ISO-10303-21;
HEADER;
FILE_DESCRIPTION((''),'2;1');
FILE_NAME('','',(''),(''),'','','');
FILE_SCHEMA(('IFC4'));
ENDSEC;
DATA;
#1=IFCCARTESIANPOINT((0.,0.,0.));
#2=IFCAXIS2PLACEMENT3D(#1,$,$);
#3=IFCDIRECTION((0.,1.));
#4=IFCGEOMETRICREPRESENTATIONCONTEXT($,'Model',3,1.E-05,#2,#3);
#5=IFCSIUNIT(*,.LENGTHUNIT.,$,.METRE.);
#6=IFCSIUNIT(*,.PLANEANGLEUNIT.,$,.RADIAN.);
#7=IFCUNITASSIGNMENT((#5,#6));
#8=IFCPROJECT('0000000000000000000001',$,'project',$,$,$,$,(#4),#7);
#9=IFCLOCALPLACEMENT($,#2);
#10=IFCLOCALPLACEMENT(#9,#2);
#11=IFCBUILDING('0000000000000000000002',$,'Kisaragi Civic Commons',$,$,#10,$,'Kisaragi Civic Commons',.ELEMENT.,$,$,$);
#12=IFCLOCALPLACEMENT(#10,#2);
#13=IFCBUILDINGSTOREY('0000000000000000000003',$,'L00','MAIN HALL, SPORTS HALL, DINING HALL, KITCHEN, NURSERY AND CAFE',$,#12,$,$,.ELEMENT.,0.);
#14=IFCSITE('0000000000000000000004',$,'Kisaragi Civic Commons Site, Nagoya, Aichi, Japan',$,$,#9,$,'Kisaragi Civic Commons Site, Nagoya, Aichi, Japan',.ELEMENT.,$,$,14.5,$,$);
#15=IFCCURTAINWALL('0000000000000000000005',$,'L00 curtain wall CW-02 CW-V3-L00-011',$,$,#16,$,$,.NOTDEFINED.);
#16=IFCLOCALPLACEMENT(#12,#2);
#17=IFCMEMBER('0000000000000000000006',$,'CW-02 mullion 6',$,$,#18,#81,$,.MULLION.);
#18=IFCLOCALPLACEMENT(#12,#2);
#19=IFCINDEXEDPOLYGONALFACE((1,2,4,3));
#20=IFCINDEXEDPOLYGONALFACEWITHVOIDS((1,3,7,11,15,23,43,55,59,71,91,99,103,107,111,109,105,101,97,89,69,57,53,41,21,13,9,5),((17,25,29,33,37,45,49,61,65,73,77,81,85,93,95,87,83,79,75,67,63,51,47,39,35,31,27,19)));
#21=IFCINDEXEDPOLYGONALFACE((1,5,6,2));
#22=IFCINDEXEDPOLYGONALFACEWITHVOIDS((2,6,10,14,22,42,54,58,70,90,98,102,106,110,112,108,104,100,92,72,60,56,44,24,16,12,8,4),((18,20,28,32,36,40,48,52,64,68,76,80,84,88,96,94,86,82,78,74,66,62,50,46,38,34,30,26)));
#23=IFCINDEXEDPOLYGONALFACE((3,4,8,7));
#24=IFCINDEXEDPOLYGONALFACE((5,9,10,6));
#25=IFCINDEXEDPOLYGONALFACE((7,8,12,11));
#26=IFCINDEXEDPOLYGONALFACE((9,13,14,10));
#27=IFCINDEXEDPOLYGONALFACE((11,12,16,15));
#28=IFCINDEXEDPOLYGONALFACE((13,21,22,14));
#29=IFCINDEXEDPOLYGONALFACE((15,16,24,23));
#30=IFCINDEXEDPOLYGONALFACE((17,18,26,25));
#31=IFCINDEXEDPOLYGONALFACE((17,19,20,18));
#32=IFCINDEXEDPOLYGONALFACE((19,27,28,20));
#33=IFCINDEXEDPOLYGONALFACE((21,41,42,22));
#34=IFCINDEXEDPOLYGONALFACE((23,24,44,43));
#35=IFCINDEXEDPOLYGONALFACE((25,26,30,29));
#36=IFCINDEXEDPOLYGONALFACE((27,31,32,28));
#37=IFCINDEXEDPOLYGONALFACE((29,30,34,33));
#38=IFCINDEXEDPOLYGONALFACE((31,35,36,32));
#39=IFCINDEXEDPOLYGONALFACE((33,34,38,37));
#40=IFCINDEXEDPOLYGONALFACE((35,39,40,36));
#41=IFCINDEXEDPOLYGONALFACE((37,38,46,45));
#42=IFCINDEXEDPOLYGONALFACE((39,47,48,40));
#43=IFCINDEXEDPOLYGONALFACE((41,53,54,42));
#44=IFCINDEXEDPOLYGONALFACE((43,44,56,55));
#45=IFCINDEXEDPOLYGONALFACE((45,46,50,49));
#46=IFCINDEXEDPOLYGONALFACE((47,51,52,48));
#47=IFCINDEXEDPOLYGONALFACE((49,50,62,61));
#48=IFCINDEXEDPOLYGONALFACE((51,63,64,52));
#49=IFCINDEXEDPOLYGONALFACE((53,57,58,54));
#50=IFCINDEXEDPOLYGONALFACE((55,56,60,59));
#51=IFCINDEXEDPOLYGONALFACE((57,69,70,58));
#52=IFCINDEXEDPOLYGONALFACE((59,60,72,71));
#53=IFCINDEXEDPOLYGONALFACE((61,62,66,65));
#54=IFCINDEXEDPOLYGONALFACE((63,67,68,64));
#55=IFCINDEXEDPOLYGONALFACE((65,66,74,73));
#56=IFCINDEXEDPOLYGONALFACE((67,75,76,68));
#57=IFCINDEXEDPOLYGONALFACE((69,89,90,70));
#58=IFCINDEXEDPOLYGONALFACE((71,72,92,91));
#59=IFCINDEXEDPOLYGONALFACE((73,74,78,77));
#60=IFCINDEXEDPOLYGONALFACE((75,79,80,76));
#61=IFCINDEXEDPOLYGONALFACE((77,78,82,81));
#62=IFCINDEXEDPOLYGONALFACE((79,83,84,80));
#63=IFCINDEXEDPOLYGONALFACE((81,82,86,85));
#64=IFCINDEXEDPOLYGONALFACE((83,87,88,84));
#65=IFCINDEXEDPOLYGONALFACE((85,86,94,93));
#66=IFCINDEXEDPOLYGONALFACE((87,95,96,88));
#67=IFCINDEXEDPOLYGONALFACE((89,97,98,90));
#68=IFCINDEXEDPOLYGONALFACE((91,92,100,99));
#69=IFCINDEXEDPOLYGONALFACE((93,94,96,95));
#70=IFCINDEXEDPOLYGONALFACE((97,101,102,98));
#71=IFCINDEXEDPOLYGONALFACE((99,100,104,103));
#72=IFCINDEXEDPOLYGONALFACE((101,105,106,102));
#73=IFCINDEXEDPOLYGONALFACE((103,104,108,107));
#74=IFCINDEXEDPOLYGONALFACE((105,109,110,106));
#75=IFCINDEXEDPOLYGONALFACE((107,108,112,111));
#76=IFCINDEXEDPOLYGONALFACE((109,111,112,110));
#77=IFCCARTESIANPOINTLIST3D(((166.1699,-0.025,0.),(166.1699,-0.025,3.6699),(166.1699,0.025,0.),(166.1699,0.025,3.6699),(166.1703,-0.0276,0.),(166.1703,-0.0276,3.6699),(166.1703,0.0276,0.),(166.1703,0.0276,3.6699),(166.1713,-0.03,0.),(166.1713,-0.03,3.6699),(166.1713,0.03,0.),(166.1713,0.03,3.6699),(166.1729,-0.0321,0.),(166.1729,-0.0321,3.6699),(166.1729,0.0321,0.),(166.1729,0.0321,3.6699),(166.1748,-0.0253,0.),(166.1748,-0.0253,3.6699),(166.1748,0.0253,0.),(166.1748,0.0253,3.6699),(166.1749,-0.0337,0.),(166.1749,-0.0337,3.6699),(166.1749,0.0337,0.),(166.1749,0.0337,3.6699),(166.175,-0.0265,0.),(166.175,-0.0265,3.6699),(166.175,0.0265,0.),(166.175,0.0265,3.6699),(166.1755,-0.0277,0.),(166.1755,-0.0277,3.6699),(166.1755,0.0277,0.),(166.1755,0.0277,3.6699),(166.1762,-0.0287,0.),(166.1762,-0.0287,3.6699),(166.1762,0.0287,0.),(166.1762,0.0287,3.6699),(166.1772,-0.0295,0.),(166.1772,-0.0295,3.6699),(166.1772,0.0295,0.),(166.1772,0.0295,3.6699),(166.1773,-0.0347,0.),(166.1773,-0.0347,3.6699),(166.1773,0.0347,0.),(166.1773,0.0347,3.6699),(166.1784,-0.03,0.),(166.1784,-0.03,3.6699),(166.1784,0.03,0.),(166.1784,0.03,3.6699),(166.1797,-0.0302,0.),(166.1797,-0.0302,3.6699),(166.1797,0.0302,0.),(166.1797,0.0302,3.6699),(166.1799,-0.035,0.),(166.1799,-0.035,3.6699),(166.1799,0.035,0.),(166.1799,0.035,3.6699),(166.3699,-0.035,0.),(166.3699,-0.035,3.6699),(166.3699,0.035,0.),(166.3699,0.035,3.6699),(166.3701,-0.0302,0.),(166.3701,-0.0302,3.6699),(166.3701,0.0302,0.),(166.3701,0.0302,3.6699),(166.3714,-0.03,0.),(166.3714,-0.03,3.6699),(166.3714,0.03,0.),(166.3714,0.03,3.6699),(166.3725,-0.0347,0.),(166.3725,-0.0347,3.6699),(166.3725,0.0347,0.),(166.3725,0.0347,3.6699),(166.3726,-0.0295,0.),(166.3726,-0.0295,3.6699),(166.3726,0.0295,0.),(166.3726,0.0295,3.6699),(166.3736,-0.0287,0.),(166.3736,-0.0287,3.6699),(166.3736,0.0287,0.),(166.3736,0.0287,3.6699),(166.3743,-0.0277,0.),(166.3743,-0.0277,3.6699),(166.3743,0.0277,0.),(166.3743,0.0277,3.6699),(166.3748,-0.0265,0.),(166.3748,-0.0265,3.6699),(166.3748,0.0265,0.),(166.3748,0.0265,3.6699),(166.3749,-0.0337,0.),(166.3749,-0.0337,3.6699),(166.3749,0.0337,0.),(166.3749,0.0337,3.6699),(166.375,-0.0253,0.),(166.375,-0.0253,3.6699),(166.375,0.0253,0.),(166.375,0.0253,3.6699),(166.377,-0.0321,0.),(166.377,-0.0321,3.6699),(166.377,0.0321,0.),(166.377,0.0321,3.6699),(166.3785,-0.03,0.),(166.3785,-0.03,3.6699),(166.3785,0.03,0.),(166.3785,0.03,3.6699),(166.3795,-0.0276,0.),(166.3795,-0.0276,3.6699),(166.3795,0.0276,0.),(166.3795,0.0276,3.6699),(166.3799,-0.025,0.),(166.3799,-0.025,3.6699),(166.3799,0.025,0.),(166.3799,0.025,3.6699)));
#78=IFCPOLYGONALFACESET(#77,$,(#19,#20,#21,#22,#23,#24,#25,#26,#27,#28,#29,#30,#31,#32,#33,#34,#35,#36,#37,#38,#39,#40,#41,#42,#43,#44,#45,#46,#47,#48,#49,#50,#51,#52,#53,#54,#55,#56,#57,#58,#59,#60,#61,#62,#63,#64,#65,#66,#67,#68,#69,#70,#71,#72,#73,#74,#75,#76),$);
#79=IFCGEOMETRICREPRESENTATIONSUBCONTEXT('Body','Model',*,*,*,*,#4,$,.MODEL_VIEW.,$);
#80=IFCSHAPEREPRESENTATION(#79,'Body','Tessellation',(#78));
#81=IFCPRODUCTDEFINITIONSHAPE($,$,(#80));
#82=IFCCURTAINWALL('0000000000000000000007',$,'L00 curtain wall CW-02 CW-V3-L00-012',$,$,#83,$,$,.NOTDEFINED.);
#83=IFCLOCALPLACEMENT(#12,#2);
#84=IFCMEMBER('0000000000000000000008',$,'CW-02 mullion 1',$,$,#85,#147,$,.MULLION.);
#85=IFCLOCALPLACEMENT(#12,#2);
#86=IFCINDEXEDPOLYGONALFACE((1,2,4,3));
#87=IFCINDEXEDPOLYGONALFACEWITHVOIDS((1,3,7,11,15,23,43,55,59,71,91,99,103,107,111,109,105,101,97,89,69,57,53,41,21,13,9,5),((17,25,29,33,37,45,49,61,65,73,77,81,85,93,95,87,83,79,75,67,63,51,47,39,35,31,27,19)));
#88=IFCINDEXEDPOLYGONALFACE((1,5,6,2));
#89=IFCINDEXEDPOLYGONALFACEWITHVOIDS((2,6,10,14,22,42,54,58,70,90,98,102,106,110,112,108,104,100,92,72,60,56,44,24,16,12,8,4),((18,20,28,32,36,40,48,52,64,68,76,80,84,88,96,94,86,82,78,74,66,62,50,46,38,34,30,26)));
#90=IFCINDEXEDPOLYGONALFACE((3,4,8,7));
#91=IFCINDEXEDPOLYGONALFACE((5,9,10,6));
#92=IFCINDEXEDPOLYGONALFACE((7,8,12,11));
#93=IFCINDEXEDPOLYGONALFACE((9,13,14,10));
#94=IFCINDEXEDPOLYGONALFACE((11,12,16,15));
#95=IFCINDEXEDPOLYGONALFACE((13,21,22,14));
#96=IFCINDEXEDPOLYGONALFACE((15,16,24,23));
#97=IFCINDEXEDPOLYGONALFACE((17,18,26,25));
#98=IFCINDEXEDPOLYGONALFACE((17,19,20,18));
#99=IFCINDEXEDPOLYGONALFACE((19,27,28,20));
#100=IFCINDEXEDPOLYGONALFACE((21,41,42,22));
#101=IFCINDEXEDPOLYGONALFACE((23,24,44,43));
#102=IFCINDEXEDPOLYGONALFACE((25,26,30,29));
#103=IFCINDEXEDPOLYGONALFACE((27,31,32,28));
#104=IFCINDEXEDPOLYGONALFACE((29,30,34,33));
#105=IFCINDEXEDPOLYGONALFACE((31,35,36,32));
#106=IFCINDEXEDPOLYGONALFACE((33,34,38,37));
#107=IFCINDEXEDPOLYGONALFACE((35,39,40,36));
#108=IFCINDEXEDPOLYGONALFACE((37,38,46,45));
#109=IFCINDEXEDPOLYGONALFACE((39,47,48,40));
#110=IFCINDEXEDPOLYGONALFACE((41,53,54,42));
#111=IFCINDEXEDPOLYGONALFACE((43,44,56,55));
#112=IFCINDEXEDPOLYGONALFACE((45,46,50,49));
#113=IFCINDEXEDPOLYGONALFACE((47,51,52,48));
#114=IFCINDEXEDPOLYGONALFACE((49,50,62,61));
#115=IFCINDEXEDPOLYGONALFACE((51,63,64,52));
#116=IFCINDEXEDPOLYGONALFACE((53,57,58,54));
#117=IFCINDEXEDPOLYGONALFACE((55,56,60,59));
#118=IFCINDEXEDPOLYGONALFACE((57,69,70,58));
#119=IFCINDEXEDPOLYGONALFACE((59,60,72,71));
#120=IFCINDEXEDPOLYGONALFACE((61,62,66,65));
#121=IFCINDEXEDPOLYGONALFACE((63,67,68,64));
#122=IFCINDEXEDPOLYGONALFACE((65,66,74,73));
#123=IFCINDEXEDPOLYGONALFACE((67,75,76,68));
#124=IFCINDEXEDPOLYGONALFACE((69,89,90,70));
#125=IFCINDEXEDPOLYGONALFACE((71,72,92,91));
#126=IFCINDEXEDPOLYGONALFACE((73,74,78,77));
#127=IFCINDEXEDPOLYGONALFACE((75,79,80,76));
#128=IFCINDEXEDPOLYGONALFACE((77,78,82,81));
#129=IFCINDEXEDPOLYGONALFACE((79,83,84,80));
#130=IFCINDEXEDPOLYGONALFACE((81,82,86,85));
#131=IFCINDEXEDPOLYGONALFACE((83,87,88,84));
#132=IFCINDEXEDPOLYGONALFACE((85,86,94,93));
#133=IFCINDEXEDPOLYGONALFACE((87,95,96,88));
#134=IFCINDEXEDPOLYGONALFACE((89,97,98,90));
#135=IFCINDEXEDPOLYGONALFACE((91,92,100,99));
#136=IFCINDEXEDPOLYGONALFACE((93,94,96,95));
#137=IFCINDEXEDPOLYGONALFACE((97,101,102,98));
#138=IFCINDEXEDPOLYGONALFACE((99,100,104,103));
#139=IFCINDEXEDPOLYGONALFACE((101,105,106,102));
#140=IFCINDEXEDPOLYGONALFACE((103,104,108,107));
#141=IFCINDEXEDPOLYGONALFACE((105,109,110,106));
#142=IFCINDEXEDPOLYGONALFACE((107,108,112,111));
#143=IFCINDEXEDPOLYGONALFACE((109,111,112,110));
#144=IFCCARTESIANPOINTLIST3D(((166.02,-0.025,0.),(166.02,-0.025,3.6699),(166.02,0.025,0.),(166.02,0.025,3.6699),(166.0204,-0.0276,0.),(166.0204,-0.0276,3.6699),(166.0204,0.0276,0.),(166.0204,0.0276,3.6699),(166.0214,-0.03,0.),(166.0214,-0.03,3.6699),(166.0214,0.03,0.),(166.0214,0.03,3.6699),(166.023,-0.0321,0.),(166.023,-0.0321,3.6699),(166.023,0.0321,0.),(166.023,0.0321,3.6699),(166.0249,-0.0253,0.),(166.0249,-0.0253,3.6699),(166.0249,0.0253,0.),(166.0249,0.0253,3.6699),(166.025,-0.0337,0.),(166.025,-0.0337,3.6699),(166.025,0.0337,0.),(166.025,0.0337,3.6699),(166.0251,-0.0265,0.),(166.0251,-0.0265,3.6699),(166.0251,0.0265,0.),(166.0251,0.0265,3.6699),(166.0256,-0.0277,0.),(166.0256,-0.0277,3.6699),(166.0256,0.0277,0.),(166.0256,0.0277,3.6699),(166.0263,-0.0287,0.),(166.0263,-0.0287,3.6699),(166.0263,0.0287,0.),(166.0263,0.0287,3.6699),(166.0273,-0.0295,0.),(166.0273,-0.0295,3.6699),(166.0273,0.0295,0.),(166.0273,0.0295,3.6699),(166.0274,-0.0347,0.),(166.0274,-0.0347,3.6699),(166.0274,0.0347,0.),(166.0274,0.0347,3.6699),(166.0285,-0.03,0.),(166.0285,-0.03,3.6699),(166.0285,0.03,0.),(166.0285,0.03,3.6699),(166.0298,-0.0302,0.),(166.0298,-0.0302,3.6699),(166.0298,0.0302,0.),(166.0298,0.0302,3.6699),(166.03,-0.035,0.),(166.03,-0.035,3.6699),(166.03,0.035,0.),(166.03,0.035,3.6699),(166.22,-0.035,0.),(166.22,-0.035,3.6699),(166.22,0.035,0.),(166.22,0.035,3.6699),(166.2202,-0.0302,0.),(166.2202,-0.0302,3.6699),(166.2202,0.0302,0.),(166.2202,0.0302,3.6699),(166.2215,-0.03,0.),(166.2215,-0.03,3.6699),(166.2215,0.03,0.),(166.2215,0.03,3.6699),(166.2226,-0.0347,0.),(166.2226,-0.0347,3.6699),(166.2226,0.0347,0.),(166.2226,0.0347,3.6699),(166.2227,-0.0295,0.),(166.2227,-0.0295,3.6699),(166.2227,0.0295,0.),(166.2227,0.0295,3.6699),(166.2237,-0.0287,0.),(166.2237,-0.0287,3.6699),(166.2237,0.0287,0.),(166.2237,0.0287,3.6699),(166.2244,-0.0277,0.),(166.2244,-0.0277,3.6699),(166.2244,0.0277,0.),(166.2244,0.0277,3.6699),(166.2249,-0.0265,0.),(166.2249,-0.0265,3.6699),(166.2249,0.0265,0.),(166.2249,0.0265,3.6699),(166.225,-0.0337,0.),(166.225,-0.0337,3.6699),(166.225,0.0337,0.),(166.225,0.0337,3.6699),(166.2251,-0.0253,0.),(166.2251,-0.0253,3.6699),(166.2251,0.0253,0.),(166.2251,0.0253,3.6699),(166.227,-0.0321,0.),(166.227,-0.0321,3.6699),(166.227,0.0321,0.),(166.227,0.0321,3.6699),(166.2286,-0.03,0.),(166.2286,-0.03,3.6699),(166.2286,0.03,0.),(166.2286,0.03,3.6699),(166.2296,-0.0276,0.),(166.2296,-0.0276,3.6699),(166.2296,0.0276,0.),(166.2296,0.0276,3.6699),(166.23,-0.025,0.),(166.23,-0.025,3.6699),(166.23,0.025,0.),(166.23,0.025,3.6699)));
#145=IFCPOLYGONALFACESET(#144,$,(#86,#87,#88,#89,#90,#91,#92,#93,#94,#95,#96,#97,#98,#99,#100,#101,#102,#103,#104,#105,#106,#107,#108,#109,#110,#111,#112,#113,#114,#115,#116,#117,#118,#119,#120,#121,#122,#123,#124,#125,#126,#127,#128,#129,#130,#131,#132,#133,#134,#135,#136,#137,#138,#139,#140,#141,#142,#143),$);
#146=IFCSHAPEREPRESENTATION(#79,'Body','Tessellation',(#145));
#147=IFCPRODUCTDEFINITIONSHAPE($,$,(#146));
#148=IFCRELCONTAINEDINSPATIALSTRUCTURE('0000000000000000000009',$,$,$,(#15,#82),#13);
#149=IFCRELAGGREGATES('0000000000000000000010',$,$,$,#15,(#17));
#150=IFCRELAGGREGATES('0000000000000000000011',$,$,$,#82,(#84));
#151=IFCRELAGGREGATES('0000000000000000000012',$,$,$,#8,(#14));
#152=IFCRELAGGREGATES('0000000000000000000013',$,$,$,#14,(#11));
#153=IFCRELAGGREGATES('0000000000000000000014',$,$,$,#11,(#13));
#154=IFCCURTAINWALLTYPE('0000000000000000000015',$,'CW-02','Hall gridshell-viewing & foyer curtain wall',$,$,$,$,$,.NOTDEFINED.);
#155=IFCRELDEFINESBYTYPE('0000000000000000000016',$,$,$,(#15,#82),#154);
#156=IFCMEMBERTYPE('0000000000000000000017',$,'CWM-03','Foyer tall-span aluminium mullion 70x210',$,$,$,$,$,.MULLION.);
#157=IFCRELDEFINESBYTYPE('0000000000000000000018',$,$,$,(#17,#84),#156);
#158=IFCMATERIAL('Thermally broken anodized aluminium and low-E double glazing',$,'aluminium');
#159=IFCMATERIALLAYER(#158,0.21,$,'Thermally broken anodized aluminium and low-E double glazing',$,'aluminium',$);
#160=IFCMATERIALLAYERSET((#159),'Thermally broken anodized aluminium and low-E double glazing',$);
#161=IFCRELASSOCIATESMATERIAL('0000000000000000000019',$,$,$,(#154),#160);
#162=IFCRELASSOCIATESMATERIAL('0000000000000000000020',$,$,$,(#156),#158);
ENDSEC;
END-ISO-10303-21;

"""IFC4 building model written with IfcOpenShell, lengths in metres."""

from ifc_helpers import new_model, si_unit, direction, frame, origin, origin_2d, place, context, subcontext, project, spatial, hollow_rectangle, extrude, material, layer, layer_set, material_profile, profile_set, type_object, element, aggregate, save


model = new_model("IFC4")

# Units and contexts
model_context = context("Model", 3, precision=1e-05, world=origin(), true_north=direction((0.0, 1.0)))
body_context = subcontext(model_context, "Body", "Model", "MODEL_VIEW")
ifc_project = project(units=[si_unit("LENGTHUNIT", "METRE"), si_unit("PLANEANGLEUNIT", "RADIAN")], contexts=[model_context])

# Site, building, storey
site_placement = place(None, origin())
site = spatial("IfcSite", under=ifc_project, at=site_placement, Name="Kisaragi Civic Commons Site, Nagoya, Aichi, Japan", LongName="Kisaragi Civic Commons Site, Nagoya, Aichi, Japan", CompositionType="ELEMENT", RefElevation=14.5)
building_placement = place(site_placement, origin())
building = spatial("IfcBuilding", under=site, at=building_placement, Name="Kisaragi Civic Commons", LongName="Kisaragi Civic Commons", CompositionType="ELEMENT")
storey_placement = place(building_placement, origin())
storey = spatial("IfcBuildingStorey", under=building, at=storey_placement, Name="L00", Description="MAIN HALL, SPORTS HALL, DINING HALL, KITCHEN, NURSERY AND CAFE", CompositionType="ELEMENT", Elevation=0.0)

# Curtain walls, members
ifc_material = material(Name="Thermally broken anodized aluminium and low-E double glazing", Category="aluminium")
ifc_layer_1 = layer(ifc_material, 0.21, Name="Thermally broken anodized aluminium and low-E double glazing", Category="aluminium")
ifc_layer_set_1 = layer_set([ifc_layer_1], Name="Thermally broken anodized aluminium and low-E double glazing")
curtain_wall_type = type_object("IfcCurtainWallType", Name="CW-02", Description="Hall gridshell-viewing & foyer curtain wall", PredefinedType="NOTDEFINED", material=ifc_layer_set_1)
curtain_wall_1_placement = place(storey_placement, origin())
curtain_wall_1 = element("IfcCurtainWall", 1, at=curtain_wall_1_placement, inside=storey, type_object=curtain_wall_type, Name="L00 curtain wall CW-02 CW-V3-L00-011", PredefinedType="NOTDEFINED")
ifc_material_profile_1 = material_profile(ifc_material, hollow_rectangle(XDim=0.0701, YDim=0.21, WallThickness=0.0049, InnerFilletRadius=0.0049, OuterFilletRadius=0.01, at=origin_2d()), Name="CWM-70x210x5", Category="aluminium")
ifc_profile_set_1 = profile_set([ifc_material_profile_1], Name="Thermally broken anodized aluminium and low-E double glazing")
member_type_1 = type_object("IfcMemberType", Name="CWM-03", Description="Foyer tall-span aluminium mullion 70x210", PredefinedType="MULLION", material=ifc_profile_set_1)
member_1_placement = place(storey_placement, frame((166.2749, 0.0, 0.0), z_axis=(0.0, 0.0, 1.0), x_axis=(0.0, -1.0, 0.0)))
member_1 = element("IfcMember", 2, at=member_1_placement, type_object=member_type_1, Name="CW-02 mullion 6", PredefinedType="MULLION", context=body_context, shape_type="SweptSolid", body=[
    extrude(hollow_rectangle(XDim=0.0701, YDim=0.21, WallThickness=0.0049, InnerFilletRadius=0.0049, OuterFilletRadius=0.01, at=origin_2d()), origin(), (0.0, 0.0, 1.0), 3.6699),
])
curtain_wall_2_placement = place(storey_placement, origin())
curtain_wall_2 = element("IfcCurtainWall", 3, at=curtain_wall_2_placement, inside=storey, type_object=curtain_wall_type, Name="L00 curtain wall CW-02 CW-V3-L00-012", PredefinedType="NOTDEFINED")
member_2_placement = place(storey_placement, frame((166.125, 0.0, 0.0), z_axis=(0.0, 0.0, 1.0), x_axis=(0.0, -1.0, 0.0)))
member_2 = element("IfcMember", 4, at=member_2_placement, type_object=member_type_1, Name="CW-02 mullion 1", PredefinedType="MULLION", context=body_context, shape_type="SweptSolid", body=[
    extrude(hollow_rectangle(XDim=0.0701, YDim=0.21, WallThickness=0.0049, InnerFilletRadius=0.0049, OuterFilletRadius=0.01, at=origin_2d()), origin(), (0.0, 0.0, 1.0), 3.6699),
])

aggregate(curtain_wall_1, [member_1])
aggregate(curtain_wall_2, [member_2])

save(model, "model.ifc")
